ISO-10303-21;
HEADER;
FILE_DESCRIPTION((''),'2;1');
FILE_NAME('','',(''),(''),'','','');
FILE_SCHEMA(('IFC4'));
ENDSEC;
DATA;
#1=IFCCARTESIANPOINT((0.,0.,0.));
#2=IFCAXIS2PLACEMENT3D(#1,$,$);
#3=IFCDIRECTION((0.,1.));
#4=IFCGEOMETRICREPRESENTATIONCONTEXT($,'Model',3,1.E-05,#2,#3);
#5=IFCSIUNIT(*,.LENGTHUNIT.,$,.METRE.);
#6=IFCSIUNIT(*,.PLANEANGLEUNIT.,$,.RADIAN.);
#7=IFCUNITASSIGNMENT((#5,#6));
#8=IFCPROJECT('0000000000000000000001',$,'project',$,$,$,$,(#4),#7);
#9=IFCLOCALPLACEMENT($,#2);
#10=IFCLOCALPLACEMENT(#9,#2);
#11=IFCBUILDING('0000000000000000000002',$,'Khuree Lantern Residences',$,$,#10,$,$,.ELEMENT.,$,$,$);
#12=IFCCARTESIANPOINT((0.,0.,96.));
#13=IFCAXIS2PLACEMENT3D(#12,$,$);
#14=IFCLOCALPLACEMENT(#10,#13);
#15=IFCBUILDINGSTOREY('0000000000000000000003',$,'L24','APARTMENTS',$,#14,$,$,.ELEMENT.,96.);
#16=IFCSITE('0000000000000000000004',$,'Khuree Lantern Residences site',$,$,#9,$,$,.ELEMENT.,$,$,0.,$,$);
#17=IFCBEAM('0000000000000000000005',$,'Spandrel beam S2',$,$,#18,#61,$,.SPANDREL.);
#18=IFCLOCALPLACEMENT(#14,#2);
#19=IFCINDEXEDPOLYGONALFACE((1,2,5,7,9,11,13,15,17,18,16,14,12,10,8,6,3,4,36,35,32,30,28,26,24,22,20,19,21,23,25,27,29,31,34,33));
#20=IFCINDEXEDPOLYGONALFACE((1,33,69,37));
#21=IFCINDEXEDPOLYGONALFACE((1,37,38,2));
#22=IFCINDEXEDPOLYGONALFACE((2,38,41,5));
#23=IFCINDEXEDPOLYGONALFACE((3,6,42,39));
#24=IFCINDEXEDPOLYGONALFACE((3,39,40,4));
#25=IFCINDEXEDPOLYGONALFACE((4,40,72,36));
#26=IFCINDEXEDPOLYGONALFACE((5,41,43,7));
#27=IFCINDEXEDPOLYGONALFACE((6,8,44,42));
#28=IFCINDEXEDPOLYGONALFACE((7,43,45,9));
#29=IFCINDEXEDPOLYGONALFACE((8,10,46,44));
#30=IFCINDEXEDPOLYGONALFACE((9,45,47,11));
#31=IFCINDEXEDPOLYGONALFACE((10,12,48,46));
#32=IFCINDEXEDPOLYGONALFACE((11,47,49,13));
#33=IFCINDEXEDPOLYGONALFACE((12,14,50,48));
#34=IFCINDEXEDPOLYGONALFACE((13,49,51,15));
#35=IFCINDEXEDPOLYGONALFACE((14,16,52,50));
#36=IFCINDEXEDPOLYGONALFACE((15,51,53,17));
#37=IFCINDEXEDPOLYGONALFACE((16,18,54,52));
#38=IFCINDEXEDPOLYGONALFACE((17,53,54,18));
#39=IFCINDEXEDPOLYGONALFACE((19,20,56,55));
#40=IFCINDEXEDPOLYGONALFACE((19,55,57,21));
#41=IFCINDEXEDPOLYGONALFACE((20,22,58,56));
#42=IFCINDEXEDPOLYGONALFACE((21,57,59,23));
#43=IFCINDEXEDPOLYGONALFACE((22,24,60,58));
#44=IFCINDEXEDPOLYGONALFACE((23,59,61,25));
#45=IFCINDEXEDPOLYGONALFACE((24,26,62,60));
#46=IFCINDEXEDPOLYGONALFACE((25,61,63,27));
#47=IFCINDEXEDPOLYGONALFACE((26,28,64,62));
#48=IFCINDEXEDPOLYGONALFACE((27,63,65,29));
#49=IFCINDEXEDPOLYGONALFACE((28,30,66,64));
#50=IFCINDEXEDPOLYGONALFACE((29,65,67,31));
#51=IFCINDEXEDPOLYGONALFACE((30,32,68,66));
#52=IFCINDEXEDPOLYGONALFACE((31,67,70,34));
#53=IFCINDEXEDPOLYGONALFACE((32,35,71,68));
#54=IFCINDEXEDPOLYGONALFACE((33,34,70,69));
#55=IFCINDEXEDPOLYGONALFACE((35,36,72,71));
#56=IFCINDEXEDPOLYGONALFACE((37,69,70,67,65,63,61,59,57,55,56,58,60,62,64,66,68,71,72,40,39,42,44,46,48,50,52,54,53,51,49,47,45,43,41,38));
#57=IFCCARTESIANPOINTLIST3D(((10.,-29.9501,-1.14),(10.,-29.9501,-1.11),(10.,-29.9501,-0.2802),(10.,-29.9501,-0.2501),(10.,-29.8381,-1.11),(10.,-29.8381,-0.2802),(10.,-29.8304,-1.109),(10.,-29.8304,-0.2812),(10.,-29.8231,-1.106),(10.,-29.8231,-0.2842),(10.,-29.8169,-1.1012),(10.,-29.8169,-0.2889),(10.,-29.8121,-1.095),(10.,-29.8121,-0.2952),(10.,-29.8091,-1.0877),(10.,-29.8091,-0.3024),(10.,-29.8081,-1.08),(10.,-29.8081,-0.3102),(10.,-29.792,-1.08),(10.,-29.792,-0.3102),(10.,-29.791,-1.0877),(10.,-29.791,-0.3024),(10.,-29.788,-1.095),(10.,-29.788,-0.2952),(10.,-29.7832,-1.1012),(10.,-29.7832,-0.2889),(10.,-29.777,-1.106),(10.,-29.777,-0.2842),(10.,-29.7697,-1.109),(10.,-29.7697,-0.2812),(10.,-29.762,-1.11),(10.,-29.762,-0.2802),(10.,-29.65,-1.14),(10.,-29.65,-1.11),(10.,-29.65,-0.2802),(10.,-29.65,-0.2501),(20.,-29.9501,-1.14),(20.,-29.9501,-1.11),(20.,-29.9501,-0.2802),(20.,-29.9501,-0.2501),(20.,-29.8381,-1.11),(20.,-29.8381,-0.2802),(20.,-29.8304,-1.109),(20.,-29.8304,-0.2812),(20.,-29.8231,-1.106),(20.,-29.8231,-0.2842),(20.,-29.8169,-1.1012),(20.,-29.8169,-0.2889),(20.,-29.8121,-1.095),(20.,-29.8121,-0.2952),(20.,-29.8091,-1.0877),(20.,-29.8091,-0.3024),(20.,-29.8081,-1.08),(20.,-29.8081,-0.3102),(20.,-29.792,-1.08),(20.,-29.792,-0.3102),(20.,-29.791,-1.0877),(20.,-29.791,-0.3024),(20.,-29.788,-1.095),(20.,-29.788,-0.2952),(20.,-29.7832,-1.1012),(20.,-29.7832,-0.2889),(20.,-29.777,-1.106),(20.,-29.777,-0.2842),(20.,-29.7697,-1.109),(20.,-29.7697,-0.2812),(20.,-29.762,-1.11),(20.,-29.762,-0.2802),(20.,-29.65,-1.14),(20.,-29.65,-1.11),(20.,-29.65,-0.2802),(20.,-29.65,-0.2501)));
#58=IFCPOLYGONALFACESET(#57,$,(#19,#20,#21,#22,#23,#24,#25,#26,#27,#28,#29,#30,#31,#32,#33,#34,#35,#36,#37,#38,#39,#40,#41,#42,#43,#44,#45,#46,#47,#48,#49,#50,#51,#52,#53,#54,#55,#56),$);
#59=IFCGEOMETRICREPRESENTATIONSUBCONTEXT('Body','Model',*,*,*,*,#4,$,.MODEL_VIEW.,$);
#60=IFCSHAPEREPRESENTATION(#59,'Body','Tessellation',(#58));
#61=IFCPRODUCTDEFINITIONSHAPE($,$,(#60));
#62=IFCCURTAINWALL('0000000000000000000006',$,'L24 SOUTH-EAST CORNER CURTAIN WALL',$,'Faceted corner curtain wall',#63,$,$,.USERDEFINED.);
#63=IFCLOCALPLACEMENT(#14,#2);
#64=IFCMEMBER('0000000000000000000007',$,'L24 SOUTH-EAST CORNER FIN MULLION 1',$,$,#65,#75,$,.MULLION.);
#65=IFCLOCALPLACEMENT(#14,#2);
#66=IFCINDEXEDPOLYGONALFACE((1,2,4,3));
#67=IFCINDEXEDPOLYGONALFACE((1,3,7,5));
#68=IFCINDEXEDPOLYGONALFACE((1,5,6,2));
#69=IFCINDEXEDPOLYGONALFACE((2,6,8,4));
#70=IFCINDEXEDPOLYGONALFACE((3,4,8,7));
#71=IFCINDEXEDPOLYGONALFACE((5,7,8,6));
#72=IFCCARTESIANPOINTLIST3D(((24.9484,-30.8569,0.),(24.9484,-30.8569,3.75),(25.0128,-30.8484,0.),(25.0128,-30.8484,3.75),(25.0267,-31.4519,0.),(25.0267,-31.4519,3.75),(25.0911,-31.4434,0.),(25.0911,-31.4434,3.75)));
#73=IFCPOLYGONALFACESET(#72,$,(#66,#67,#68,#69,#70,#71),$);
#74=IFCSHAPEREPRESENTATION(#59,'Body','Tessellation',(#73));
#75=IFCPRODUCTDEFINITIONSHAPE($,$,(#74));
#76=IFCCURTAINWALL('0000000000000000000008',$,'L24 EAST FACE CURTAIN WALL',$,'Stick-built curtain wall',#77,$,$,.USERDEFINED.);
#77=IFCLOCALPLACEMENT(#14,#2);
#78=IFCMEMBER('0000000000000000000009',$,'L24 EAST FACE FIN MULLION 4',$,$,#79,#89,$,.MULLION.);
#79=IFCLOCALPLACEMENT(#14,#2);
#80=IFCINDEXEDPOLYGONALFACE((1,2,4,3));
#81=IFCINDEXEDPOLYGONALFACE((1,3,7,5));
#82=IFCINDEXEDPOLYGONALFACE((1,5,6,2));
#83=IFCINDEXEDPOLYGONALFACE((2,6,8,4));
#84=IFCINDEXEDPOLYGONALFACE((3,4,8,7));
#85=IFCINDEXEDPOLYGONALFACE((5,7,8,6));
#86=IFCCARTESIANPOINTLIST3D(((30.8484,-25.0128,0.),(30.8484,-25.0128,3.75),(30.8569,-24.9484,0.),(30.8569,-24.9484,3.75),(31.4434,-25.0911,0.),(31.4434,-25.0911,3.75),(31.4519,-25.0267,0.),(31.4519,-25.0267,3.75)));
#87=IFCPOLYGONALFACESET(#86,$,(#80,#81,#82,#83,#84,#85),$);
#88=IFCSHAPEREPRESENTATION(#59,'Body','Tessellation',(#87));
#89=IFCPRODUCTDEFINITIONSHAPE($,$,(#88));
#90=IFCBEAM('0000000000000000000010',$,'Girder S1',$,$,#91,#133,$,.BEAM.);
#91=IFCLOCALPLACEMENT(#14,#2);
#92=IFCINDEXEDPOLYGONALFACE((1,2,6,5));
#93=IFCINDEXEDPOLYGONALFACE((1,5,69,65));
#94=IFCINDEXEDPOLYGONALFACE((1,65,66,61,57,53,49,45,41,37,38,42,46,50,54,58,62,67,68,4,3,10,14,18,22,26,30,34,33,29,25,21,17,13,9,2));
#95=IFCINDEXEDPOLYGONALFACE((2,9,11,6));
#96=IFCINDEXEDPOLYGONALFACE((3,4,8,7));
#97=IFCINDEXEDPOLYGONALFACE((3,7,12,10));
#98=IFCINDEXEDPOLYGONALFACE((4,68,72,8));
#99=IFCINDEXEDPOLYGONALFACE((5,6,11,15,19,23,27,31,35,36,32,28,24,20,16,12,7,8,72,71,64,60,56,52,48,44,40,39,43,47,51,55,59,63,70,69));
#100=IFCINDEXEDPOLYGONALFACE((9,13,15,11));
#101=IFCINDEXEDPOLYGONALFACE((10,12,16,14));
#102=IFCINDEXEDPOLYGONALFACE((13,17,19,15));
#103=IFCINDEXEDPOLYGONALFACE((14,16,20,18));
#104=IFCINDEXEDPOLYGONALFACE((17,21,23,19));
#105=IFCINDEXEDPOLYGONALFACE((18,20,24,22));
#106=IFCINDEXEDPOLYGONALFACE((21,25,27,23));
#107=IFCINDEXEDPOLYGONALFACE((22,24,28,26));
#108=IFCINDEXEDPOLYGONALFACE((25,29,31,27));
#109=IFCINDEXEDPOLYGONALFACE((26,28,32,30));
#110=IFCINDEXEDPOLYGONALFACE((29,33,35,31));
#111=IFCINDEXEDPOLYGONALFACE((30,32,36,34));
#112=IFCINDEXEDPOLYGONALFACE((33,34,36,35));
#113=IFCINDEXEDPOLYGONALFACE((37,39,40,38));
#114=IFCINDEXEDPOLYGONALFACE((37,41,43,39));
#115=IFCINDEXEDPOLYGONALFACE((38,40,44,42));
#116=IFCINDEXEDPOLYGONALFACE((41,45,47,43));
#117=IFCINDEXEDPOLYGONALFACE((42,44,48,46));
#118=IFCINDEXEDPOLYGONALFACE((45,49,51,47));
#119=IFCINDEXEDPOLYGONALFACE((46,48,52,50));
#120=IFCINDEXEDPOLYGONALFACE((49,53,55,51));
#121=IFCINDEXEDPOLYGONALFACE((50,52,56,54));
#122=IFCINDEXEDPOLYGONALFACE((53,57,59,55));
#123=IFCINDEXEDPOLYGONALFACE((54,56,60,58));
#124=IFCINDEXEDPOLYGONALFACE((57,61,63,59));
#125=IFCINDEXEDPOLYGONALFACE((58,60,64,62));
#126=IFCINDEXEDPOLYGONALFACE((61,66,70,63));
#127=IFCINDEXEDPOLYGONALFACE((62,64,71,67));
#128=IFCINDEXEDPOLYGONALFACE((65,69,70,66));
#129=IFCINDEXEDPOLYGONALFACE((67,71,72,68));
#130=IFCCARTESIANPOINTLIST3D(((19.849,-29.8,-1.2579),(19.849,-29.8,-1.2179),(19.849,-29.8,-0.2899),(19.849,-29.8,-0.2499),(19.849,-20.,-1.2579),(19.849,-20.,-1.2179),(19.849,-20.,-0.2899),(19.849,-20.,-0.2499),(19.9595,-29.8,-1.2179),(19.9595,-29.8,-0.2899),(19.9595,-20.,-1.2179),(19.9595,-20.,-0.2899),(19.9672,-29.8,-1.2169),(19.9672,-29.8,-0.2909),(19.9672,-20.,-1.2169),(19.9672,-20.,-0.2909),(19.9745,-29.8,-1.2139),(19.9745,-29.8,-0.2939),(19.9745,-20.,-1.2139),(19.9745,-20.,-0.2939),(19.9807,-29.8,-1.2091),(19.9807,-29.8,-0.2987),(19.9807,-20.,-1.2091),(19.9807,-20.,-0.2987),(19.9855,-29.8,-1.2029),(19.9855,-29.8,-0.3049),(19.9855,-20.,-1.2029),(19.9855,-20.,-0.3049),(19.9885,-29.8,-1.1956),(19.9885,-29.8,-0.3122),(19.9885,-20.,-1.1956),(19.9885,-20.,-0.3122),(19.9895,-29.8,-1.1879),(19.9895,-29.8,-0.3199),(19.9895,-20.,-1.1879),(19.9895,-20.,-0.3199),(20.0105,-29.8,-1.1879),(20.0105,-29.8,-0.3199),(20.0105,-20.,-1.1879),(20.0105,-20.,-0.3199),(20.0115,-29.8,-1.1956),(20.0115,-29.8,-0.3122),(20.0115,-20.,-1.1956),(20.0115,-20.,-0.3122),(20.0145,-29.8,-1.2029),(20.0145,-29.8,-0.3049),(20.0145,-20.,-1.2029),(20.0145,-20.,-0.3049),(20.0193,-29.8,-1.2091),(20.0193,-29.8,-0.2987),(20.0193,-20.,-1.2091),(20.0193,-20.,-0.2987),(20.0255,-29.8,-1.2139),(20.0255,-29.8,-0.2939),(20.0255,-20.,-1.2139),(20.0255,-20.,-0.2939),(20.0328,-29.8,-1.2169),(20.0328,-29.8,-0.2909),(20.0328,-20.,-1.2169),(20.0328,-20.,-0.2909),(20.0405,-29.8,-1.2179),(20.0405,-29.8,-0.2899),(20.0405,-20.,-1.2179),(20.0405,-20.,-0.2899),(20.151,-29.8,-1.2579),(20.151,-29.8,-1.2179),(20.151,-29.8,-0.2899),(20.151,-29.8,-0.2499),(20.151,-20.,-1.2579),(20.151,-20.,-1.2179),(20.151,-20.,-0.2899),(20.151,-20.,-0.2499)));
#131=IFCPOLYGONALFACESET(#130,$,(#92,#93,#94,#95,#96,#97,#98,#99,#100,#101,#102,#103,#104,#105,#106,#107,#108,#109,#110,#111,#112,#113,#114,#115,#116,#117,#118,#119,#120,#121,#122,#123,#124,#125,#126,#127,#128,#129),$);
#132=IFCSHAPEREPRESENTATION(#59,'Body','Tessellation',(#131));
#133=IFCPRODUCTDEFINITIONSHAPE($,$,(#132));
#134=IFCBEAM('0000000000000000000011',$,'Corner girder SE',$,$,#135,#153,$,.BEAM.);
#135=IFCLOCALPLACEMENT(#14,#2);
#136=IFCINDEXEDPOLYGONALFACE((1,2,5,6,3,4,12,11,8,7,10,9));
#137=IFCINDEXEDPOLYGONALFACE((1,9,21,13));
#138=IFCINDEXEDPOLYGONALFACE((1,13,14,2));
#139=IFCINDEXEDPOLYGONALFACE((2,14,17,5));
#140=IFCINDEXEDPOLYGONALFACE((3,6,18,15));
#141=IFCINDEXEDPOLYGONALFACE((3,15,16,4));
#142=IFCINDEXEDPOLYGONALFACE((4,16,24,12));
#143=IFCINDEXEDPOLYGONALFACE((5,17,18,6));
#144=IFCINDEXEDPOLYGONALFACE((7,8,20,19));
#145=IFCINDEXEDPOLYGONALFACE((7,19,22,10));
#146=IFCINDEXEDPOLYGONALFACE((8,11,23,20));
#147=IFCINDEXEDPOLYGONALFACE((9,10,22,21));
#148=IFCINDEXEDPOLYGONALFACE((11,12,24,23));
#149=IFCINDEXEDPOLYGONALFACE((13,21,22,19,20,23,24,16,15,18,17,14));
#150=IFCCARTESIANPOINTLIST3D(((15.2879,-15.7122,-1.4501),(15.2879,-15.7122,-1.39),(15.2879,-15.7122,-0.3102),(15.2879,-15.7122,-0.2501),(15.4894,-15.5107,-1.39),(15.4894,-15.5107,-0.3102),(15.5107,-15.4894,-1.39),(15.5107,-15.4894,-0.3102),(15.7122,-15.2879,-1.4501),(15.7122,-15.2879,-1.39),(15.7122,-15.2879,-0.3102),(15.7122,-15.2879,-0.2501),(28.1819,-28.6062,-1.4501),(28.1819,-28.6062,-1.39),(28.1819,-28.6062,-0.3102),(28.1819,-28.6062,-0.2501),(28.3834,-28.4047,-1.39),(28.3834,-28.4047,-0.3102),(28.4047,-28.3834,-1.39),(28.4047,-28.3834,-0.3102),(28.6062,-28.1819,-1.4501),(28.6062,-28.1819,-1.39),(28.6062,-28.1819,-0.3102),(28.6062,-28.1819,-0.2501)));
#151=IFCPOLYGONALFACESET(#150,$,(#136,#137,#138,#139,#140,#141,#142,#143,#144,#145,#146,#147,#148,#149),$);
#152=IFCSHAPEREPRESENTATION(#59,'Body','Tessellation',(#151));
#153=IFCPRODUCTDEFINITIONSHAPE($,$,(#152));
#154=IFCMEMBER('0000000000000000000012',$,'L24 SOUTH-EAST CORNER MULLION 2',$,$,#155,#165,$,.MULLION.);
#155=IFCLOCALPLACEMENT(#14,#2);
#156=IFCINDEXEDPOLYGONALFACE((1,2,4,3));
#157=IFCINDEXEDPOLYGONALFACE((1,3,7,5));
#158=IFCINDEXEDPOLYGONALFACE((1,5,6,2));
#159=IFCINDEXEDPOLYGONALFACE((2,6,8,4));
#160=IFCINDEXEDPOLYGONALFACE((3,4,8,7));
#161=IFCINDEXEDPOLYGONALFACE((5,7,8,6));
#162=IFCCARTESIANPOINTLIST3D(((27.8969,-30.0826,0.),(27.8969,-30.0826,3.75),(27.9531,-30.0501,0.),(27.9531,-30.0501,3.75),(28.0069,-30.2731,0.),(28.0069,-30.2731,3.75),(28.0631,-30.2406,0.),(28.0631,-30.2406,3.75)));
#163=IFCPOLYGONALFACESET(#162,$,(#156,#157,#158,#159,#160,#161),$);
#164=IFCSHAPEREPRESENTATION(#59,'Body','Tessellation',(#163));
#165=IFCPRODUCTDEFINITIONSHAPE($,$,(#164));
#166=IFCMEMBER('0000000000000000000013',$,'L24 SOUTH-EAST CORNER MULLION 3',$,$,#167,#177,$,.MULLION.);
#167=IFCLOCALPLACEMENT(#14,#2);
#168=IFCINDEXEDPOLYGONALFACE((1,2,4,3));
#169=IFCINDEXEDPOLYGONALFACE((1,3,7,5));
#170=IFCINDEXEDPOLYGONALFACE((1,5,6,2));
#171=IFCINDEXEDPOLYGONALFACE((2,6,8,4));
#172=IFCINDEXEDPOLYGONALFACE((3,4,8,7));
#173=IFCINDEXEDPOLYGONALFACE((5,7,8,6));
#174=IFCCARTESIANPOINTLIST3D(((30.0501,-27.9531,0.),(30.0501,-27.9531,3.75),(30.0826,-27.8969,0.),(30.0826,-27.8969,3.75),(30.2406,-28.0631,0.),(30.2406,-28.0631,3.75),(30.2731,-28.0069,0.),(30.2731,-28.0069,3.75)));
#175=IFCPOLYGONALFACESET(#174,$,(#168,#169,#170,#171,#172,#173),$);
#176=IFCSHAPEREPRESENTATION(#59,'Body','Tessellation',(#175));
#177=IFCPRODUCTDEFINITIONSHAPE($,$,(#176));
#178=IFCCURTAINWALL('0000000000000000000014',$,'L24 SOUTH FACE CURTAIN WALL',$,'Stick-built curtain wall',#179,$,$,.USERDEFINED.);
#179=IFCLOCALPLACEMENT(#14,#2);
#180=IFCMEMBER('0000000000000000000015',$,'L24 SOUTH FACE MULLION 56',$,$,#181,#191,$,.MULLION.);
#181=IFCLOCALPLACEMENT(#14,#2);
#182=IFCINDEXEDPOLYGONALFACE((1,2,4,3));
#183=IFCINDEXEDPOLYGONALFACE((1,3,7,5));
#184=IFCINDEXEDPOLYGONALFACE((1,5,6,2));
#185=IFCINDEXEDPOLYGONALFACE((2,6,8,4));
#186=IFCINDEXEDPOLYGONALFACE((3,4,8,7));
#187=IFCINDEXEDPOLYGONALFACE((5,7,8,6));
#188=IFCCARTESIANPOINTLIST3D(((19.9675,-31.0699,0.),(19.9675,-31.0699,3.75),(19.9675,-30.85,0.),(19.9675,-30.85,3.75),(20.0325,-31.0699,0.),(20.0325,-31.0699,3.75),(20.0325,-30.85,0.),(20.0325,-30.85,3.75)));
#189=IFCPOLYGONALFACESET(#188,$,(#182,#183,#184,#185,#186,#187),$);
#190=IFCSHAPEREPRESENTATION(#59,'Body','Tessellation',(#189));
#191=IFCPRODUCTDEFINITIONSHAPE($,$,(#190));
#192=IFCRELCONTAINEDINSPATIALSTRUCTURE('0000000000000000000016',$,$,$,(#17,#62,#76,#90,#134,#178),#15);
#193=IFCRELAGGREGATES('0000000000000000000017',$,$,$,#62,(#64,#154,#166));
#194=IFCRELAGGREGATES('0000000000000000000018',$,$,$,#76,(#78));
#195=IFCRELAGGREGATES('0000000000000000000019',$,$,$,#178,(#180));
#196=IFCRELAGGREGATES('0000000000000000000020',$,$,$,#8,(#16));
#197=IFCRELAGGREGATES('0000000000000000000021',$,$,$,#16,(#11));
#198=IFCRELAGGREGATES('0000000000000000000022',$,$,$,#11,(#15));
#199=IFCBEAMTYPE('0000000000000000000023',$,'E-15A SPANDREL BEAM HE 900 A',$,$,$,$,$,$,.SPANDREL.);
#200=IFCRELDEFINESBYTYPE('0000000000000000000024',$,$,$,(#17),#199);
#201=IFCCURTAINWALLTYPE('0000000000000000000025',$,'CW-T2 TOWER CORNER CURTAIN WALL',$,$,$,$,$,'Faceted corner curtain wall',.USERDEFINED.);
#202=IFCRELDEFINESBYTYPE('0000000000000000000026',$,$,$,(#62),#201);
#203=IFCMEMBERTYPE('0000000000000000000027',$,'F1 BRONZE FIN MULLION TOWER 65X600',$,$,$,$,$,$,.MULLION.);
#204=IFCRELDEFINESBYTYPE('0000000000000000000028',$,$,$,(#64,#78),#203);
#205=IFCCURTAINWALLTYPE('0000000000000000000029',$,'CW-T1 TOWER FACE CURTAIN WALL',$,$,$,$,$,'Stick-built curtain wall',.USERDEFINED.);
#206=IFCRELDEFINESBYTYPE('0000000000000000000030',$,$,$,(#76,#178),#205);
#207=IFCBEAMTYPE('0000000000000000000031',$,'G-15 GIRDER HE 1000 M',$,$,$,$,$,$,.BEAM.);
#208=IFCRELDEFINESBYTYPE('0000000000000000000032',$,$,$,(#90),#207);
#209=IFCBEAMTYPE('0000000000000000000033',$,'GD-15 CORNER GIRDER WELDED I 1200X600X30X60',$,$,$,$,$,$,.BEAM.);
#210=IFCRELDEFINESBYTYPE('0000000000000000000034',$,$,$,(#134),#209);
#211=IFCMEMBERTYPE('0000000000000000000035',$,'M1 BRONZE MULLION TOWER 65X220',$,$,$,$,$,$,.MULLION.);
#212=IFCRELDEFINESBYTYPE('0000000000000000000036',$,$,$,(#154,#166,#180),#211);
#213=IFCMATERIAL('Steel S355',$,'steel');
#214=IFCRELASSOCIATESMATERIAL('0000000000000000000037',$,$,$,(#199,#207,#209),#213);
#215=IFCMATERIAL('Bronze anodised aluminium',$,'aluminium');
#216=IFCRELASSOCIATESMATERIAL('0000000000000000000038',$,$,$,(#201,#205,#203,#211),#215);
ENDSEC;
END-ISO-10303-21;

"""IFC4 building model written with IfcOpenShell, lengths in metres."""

from ifc_helpers import new_model, si_unit, direction, frame, origin, origin_2d, place, context, subcontext, project, spatial, rectangle, i_section, extrude, material, material_profile, profile_set, type_object, element, aggregate, save


model = new_model("IFC4")

# Units and contexts
model_context = context("Model", 3, precision=1e-05, world=origin(), true_north=direction((0.0, 1.0)))
body_context = subcontext(model_context, "Body", "Model", "MODEL_VIEW")
ifc_project = project(units=[si_unit("LENGTHUNIT", "METRE"), si_unit("PLANEANGLEUNIT", "RADIAN")], contexts=[model_context])

# Site, building, storey
site_placement = place(None, origin())
site = spatial("IfcSite", under=ifc_project, at=site_placement, Name="Khuree Lantern Residences site", CompositionType="ELEMENT", RefElevation=0.0)
building_placement = place(site_placement, origin())
building = spatial("IfcBuilding", under=site, at=building_placement, Name="Khuree Lantern Residences", CompositionType="ELEMENT")
storey_placement = place(building_placement, frame((0.0, 0.0, 96.0)))
storey = spatial("IfcBuildingStorey", under=building, at=storey_placement, Name="L24", Description="APARTMENTS", CompositionType="ELEMENT", Elevation=96.0)

# Beam
ifc_material_1 = material(Name="Steel S355", Category="steel")
ifc_material_profile_1 = material_profile(ifc_material_1, i_section(OverallWidth=0.3, OverallDepth=0.8899, WebThickness=0.0161, FlangeThickness=0.03, FilletRadius=0.03, at=origin_2d()), Name="HE 900 A")
ifc_profile_set_1 = profile_set([ifc_material_profile_1], Name="Steel S355")
beam_type_1 = type_object("IfcBeamType", Name="E-15A SPANDREL BEAM HE 900 A", PredefinedType="SPANDREL", material=ifc_profile_set_1)
beam_1_placement = place(storey_placement, frame((20.0, -29.8, -0.6951), z_axis=(-1.0, 0.0, 0.0), x_axis=(0.0, -1.0, 0.0)))
element("IfcBeam", 1, at=beam_1_placement, inside=storey, type_object=beam_type_1, Name="Spandrel beam S2", PredefinedType="SPANDREL", context=body_context, shape_type="SweptSolid", body=[
    extrude(i_section(OverallWidth=0.3, OverallDepth=0.8899, WebThickness=0.0161, FlangeThickness=0.03, FilletRadius=0.03, at=origin_2d()), origin(), (0.0, 0.0, 1.0), 10.0),
])

# Curtain walls, members
ifc_material_2 = material(Name="Bronze anodised aluminium", Category="aluminium")
curtain_wall_type_1 = type_object("IfcCurtainWallType", Name="CW-T2 TOWER CORNER CURTAIN WALL", ElementType="Faceted corner curtain wall", PredefinedType="USERDEFINED", material=ifc_material_2)
curtain_wall_1_placement = place(storey_placement, origin())
curtain_wall_1 = element("IfcCurtainWall", 2, at=curtain_wall_1_placement, inside=storey, type_object=curtain_wall_type_1, Name="L24 SOUTH-EAST CORNER CURTAIN WALL", ObjectType="Faceted corner curtain wall", PredefinedType="USERDEFINED")
ifc_material_profile_2 = material_profile(ifc_material_2, rectangle(XDim=0.0649, YDim=0.6001, at=origin_2d()), Name="F1 65X600")
ifc_profile_set_2 = profile_set([ifc_material_profile_2], Name="Bronze anodised aluminium")
member_type_1 = type_object("IfcMemberType", Name="F1 BRONZE FIN MULLION TOWER 65X600", PredefinedType="MULLION", material=ifc_profile_set_2)
member_1_placement = place(storey_placement, frame((25.0198, -31.1501, 0.0), z_axis=(0.0, 0.0, 1.0), x_axis=(0.991445, 0.130526, 0.0)))
member_1 = element("IfcMember", 3, at=member_1_placement, type_object=member_type_1, Name="L24 SOUTH-EAST CORNER FIN MULLION 1", PredefinedType="MULLION", context=body_context, shape_type="SweptSolid", body=[
    extrude(rectangle(XDim=0.0649, YDim=0.6001, at=origin_2d()), origin(), (0.0, 0.0, 1.0), 3.75),
])
curtain_wall_type_2 = type_object("IfcCurtainWallType", Name="CW-T1 TOWER FACE CURTAIN WALL", ElementType="Stick-built curtain wall", PredefinedType="USERDEFINED", material=ifc_material_2)
curtain_wall_2_placement = place(storey_placement, origin())
curtain_wall_2 = element("IfcCurtainWall", 4, at=curtain_wall_2_placement, inside=storey, type_object=curtain_wall_type_2, Name="L24 EAST FACE CURTAIN WALL", ObjectType="Stick-built curtain wall", PredefinedType="USERDEFINED")
member_2_placement = place(storey_placement, frame((31.1501, -25.0198, 0.0), z_axis=(0.0, 0.0, 1.0), x_axis=(0.130526, 0.991445, 0.0)))
member_2 = element("IfcMember", 5, at=member_2_placement, type_object=member_type_1, Name="L24 EAST FACE FIN MULLION 4", PredefinedType="MULLION", context=body_context, shape_type="SweptSolid", body=[
    extrude(rectangle(XDim=0.0649, YDim=0.6001, at=origin_2d()), origin(), (0.0, 0.0, 1.0), 3.75),
])

# Beams
ifc_material_profile_3 = material_profile(ifc_material_1, i_section(OverallWidth=0.302, OverallDepth=1.0081, WebThickness=0.021, FlangeThickness=0.04, FilletRadius=0.03, at=origin_2d()), Name="HE 1000 M")
ifc_profile_set_3 = profile_set([ifc_material_profile_3], Name="Steel S355")
beam_type_2 = type_object("IfcBeamType", Name="G-15 GIRDER HE 1000 M", PredefinedType="BEAM", material=ifc_profile_set_3)
beam_2_placement = place(storey_placement, frame((20.0, -29.8, -0.7539), z_axis=(0.0, 1.0, 0.0), x_axis=(-1.0, 0.0, 0.0)))
element("IfcBeam", 6, at=beam_2_placement, inside=storey, type_object=beam_type_2, Name="Girder S1", PredefinedType="BEAM", context=body_context, shape_type="SweptSolid", body=[
    extrude(i_section(OverallWidth=0.302, OverallDepth=1.0081, WebThickness=0.021, FlangeThickness=0.04, FilletRadius=0.03, at=origin_2d()), origin(), (0.0, 0.0, 1.0), 9.8),
])
ifc_material_profile_4 = material_profile(ifc_material_1, i_section(OverallWidth=0.6001, OverallDepth=1.2, WebThickness=0.03, FlangeThickness=0.0601, at=origin_2d()), Name="WELDED I 1200X600X30X60")
ifc_profile_set_4 = profile_set([ifc_material_profile_4], Name="Steel S355")
beam_type_3 = type_object("IfcBeamType", Name="GD-15 CORNER GIRDER WELDED I 1200X600X30X60", PredefinedType="BEAM", material=ifc_profile_set_4)
beam_3_placement = place(storey_placement, frame((28.394, -28.394, -0.8501), z_axis=(-0.707107, 0.707107, 0.0), x_axis=(-0.707107, -0.707107, 0.0)))
element("IfcBeam", 7, at=beam_3_placement, inside=storey, type_object=beam_type_3, Name="Corner girder SE", PredefinedType="BEAM", context=body_context, shape_type="SweptSolid", body=[
    extrude(i_section(OverallWidth=0.6001, OverallDepth=1.2, WebThickness=0.03, FlangeThickness=0.0601, at=origin_2d()), origin(), (0.0, 0.0, 1.0), 18.2349),
])

# Members
ifc_material_profile_5 = material_profile(ifc_material_2, rectangle(XDim=0.0649, YDim=0.22, at=origin_2d()), Name="M1 65X220")
ifc_profile_set_5 = profile_set([ifc_material_profile_5], Name="Bronze anodised aluminium")
member_type_2 = type_object("IfcMemberType", Name="M1 BRONZE MULLION TOWER 65X220", PredefinedType="MULLION", material=ifc_profile_set_5)
member_3_placement = place(storey_placement, frame((27.98, -30.1616, 0.0), z_axis=(0.0, 0.0, 1.0), x_axis=(0.866025, 0.5, 0.0)))
member_3 = element("IfcMember", 8, at=member_3_placement, type_object=member_type_2, Name="L24 SOUTH-EAST CORNER MULLION 2", PredefinedType="MULLION", context=body_context, shape_type="SweptSolid", body=[
    extrude(rectangle(XDim=0.0649, YDim=0.22, at=origin_2d()), origin(), (0.0, 0.0, 1.0), 3.75),
])
member_4_placement = place(storey_placement, frame((30.1616, -27.98, 0.0), z_axis=(0.0, 0.0, 1.0), x_axis=(0.5, 0.866025, 0.0)))
member_4 = element("IfcMember", 9, at=member_4_placement, type_object=member_type_2, Name="L24 SOUTH-EAST CORNER MULLION 3", PredefinedType="MULLION", context=body_context, shape_type="SweptSolid", body=[
    extrude(rectangle(XDim=0.0649, YDim=0.22, at=origin_2d()), origin(), (0.0, 0.0, 1.0), 3.75),
])

# Curtain wall, member
curtain_wall_3_placement = place(storey_placement, origin())
curtain_wall_3 = element("IfcCurtainWall", 10, at=curtain_wall_3_placement, inside=storey, type_object=curtain_wall_type_2, Name="L24 SOUTH FACE CURTAIN WALL", ObjectType="Stick-built curtain wall", PredefinedType="USERDEFINED")
member_5_placement = place(storey_placement, frame((20.0, -30.96, 0.0), z_axis=(0.0, 0.0, 1.0), x_axis=(1.0, 0.0, 0.0)))
member_5 = element("IfcMember", 11, at=member_5_placement, type_object=member_type_2, Name="L24 SOUTH FACE MULLION 56", PredefinedType="MULLION", context=body_context, shape_type="SweptSolid", body=[
    extrude(rectangle(XDim=0.0649, YDim=0.22, at=origin_2d()), origin(), (0.0, 0.0, 1.0), 3.75),
])

aggregate(curtain_wall_1, [member_1, member_3, member_4])
aggregate(curtain_wall_2, [member_2])
aggregate(curtain_wall_3, [member_5])

save(model, "model.ifc")
